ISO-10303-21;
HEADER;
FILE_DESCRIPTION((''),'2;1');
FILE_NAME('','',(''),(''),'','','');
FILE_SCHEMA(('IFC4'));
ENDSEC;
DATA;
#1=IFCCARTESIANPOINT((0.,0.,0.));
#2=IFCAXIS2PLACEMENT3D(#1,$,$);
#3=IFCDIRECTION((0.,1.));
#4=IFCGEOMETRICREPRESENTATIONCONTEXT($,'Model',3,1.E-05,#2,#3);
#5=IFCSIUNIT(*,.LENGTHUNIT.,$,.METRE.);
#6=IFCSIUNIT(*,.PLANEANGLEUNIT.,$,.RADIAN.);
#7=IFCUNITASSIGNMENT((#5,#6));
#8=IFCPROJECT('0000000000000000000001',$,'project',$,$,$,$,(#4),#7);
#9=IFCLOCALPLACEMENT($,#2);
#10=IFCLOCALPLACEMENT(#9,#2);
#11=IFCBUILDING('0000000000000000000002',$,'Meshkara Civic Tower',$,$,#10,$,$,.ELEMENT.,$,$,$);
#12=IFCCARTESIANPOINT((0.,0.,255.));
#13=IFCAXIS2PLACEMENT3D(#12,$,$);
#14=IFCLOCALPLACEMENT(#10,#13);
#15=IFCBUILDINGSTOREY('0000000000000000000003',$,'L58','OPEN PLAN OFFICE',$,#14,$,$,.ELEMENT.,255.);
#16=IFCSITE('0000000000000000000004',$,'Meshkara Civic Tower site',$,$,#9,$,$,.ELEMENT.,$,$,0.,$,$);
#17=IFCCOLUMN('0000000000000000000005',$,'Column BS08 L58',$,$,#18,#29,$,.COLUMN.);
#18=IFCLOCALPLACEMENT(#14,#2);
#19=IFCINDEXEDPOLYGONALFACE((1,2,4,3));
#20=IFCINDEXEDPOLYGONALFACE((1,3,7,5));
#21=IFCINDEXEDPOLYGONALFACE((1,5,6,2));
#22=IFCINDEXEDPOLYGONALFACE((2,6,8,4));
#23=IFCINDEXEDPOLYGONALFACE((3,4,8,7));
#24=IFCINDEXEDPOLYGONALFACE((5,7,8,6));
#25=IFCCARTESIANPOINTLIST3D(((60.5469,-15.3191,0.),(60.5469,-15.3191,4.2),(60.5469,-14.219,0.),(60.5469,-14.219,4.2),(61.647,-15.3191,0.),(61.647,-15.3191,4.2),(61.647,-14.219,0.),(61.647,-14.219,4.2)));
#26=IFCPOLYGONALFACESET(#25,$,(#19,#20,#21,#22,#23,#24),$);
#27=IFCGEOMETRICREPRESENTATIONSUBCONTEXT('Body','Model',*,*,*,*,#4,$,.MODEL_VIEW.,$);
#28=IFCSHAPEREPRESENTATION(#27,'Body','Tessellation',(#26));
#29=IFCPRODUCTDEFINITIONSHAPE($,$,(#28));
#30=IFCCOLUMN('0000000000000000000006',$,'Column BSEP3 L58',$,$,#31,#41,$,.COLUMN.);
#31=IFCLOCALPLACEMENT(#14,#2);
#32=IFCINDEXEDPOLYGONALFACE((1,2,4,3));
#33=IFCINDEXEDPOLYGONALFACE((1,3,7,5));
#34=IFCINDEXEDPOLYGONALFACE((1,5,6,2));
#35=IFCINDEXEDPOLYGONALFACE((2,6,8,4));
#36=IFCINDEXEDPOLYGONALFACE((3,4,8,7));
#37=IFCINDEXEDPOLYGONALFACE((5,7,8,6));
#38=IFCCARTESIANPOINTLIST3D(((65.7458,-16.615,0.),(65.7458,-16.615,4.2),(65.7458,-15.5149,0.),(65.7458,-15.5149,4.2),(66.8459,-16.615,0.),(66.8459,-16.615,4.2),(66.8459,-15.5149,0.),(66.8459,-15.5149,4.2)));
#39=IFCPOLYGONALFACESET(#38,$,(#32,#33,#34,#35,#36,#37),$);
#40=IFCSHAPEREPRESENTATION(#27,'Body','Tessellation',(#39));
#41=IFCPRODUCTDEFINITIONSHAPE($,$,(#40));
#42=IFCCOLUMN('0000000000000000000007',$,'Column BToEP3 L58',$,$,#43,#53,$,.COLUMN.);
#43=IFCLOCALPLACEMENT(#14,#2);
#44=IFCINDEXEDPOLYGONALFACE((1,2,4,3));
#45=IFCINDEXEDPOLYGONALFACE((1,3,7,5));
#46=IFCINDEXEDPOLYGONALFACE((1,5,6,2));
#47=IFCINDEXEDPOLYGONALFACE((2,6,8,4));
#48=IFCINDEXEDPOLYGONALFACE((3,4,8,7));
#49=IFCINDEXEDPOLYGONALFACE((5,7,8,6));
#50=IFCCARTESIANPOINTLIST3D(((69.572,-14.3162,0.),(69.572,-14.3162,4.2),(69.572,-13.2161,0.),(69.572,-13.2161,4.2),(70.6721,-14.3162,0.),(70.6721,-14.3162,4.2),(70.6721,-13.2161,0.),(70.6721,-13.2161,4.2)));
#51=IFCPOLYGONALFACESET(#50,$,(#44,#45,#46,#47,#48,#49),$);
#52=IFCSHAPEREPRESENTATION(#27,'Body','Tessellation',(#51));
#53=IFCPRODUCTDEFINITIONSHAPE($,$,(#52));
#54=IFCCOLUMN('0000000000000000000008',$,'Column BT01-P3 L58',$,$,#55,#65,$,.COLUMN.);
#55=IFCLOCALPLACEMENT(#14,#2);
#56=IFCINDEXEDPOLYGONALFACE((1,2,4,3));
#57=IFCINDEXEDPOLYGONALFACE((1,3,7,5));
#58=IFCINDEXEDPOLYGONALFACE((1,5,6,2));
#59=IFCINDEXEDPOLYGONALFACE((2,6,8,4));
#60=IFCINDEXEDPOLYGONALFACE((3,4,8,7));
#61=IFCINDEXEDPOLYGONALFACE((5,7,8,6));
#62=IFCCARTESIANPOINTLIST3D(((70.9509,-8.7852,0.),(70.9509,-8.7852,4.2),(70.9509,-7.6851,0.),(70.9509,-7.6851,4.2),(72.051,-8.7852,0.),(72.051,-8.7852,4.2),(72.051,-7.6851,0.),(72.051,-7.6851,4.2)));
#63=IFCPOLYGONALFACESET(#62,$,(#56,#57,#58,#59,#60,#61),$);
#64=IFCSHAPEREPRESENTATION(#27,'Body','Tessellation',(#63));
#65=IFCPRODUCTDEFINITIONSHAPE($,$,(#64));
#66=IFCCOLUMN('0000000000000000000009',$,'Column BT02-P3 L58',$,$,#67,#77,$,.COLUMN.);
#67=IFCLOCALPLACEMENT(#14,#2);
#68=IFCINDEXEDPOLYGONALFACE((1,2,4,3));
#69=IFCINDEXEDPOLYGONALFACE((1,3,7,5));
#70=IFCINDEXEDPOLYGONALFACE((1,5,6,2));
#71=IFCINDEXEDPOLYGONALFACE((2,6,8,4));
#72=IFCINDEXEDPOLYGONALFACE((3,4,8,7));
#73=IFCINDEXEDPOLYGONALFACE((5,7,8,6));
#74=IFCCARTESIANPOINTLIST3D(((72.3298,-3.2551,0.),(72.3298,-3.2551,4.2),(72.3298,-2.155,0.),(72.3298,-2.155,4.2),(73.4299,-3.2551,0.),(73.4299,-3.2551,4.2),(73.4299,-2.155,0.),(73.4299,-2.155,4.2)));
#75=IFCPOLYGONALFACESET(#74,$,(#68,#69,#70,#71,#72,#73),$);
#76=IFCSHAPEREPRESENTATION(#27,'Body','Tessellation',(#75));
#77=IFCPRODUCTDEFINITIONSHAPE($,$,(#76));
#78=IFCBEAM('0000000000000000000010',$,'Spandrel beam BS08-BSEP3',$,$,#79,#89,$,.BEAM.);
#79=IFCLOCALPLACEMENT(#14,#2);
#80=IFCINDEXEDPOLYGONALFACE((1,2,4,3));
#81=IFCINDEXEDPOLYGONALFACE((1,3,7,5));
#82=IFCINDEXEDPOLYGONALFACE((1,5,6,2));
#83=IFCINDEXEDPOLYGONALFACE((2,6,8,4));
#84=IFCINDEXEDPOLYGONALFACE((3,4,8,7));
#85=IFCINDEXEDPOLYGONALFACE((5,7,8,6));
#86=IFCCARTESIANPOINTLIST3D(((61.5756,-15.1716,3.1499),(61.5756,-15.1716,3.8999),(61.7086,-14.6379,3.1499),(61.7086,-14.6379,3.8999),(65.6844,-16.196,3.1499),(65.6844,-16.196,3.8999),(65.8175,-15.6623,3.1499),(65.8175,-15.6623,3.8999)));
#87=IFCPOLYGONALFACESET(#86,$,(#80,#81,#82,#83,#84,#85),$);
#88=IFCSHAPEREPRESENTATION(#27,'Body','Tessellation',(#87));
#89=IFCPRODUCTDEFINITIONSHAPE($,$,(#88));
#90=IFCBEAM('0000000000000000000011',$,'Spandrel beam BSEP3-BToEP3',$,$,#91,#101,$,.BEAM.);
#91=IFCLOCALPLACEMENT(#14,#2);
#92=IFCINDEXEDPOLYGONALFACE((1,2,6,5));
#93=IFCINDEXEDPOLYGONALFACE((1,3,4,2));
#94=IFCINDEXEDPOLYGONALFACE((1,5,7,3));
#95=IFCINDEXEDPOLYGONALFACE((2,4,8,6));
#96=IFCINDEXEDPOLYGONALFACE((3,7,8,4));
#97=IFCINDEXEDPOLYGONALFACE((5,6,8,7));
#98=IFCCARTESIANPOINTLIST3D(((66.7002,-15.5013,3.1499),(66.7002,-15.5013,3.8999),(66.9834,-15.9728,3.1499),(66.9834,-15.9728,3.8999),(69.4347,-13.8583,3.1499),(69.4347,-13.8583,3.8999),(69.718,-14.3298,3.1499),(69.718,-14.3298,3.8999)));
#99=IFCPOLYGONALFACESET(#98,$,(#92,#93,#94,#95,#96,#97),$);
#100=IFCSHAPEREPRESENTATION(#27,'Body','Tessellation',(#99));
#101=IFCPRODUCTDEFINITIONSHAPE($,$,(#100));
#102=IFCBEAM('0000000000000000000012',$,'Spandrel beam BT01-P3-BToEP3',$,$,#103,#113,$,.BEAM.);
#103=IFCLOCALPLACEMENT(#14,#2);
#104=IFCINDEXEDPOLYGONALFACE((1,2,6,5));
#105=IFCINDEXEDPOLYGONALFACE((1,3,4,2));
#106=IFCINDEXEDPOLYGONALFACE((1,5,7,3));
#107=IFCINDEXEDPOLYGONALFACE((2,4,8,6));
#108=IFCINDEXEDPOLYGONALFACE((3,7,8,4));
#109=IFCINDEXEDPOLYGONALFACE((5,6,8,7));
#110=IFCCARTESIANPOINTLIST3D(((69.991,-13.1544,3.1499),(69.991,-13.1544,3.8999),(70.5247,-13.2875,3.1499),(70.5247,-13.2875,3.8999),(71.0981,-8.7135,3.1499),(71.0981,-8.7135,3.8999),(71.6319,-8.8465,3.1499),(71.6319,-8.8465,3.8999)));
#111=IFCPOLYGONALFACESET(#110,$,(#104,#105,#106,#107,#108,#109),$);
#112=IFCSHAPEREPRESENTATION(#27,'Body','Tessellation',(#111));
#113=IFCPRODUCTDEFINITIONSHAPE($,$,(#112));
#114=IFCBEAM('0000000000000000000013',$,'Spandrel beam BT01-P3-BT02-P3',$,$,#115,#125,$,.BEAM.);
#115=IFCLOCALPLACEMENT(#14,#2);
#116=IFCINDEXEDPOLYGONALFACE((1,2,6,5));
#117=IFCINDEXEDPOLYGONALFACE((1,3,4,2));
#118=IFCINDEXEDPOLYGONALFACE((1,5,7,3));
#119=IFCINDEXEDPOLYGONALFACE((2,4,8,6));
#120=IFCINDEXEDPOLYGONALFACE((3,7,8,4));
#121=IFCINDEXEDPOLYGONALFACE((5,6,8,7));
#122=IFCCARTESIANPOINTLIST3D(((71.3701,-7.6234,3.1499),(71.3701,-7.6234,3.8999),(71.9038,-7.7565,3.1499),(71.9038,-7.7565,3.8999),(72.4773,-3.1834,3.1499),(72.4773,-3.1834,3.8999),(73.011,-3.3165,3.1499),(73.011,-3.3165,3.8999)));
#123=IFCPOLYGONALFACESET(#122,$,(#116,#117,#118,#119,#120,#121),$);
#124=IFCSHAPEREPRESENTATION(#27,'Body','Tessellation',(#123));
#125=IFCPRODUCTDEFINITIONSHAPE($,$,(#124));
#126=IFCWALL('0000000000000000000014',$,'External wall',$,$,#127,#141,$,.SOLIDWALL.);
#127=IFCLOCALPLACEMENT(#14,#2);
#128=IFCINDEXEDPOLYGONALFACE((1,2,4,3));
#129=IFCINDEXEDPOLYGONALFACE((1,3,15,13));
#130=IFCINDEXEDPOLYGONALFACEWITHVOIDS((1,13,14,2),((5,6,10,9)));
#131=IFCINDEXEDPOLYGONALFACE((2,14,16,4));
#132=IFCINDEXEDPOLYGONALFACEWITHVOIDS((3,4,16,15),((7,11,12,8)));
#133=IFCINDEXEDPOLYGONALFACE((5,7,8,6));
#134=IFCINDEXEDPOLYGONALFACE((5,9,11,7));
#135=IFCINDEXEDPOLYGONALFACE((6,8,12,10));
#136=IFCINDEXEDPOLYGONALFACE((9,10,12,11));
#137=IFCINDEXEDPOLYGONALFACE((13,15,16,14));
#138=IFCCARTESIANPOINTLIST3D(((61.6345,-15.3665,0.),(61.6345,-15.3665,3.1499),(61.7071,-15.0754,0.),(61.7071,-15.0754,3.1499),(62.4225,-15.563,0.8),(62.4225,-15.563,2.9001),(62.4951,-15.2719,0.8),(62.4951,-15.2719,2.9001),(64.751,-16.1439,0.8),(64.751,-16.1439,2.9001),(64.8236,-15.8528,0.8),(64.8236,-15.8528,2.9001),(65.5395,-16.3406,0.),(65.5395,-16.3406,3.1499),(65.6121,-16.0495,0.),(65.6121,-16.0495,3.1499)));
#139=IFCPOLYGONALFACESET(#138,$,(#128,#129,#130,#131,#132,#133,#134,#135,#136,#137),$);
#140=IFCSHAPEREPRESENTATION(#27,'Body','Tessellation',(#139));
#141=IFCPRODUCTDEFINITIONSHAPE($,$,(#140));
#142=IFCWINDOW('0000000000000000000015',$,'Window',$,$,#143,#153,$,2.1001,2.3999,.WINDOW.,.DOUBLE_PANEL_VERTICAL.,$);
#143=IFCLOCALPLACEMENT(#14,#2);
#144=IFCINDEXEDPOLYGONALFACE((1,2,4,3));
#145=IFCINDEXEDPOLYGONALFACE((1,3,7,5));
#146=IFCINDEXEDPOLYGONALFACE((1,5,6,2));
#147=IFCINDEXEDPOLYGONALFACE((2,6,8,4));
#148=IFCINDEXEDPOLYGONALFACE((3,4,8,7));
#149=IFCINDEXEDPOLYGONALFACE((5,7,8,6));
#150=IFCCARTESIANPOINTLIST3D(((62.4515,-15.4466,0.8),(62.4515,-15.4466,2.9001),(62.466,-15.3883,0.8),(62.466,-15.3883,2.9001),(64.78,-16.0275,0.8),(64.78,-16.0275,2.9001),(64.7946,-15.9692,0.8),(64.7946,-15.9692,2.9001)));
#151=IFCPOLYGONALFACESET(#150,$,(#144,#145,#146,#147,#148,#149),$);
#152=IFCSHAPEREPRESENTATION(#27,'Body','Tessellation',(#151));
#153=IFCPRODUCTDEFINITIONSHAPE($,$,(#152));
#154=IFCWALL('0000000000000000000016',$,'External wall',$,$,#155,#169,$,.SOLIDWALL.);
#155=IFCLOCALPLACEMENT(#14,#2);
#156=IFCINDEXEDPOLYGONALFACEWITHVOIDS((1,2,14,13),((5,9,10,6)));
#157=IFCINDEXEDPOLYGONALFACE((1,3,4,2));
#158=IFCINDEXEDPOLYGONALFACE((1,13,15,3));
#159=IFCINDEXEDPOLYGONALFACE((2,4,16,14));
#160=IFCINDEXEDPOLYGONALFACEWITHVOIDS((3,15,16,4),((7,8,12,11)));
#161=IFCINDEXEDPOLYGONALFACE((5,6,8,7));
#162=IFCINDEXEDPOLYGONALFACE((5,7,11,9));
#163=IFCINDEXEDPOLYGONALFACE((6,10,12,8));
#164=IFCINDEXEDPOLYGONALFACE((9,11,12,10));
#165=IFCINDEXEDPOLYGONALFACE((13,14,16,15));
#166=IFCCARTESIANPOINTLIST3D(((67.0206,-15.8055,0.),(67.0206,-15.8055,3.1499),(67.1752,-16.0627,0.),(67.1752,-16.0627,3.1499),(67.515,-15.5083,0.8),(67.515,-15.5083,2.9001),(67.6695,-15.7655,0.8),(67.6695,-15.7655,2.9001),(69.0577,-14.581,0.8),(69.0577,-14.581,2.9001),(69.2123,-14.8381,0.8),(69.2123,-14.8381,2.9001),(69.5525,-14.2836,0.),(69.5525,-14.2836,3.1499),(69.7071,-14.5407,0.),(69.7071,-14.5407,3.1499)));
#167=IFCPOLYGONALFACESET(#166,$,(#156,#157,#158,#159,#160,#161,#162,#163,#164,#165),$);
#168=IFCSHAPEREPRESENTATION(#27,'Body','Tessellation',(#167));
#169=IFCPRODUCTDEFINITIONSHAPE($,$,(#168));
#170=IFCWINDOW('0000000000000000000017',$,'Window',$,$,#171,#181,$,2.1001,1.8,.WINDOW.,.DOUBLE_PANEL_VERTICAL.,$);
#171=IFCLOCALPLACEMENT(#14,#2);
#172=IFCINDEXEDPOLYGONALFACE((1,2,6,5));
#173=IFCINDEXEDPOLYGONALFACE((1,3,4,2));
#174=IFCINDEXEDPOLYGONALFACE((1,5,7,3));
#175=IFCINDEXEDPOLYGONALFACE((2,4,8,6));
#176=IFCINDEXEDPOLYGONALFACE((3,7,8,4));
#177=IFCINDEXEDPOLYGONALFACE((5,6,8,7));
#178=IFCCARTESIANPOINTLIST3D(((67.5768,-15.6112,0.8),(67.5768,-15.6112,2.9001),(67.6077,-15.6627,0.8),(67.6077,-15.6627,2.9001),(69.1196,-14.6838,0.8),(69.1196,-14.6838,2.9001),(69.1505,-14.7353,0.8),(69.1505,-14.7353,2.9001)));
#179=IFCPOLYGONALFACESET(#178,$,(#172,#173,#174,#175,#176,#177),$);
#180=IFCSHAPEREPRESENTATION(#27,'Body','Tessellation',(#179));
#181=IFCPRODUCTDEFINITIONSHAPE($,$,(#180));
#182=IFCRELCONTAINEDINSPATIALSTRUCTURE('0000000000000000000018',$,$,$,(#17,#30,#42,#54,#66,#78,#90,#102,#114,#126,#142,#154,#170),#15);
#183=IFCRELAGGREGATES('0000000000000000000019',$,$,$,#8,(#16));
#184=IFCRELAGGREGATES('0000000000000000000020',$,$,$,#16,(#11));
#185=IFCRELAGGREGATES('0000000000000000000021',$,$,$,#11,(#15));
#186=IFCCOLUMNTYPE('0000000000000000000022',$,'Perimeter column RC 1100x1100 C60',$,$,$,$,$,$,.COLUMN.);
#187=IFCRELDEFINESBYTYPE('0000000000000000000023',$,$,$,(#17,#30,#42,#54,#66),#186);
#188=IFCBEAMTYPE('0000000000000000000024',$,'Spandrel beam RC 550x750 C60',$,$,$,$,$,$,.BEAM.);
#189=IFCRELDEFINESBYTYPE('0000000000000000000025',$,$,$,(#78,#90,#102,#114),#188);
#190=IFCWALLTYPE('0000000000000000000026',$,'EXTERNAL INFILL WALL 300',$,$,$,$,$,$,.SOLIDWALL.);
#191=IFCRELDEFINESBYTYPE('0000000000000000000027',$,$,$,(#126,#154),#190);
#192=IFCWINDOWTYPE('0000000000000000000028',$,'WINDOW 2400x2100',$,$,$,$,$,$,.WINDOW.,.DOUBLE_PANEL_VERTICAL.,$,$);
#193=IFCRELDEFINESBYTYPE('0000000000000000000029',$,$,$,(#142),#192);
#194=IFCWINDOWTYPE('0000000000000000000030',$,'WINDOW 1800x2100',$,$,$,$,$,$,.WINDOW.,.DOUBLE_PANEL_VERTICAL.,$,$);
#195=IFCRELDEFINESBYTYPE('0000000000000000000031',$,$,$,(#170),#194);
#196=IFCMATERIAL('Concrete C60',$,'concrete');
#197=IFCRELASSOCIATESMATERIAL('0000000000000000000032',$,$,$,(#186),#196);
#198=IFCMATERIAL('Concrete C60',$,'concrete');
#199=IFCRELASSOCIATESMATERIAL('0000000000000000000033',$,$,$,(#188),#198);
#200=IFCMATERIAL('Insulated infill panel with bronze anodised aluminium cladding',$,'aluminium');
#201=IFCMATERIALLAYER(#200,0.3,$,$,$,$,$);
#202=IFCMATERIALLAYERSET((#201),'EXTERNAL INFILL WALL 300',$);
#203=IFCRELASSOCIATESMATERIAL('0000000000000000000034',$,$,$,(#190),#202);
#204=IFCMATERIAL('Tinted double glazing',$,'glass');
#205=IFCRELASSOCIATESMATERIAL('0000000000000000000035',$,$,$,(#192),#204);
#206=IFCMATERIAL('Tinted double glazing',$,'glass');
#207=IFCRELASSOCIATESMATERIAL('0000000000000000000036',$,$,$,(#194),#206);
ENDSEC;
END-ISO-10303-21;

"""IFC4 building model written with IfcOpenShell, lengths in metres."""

from ifc_helpers import new_model, si_unit, direction, frame, frame_2d, origin, origin_2d, place, context, subcontext, project, spatial, rectangle, extrude, material, layer, layer_set, material_profile, profile_set, type_object, element, fill, save


model = new_model("IFC4")

# Units and contexts
model_context = context("Model", 3, precision=1e-05, world=origin(), true_north=direction((0.0, 1.0)))
body_context = subcontext(model_context, "Body", "Model", "MODEL_VIEW")
ifc_project = project(units=[si_unit("LENGTHUNIT", "METRE"), si_unit("PLANEANGLEUNIT", "RADIAN")], contexts=[model_context])

# Site, building, storey
site_placement = place(None, origin())
site = spatial("IfcSite", under=ifc_project, at=site_placement, Name="Meshkara Civic Tower site", CompositionType="ELEMENT", RefElevation=0.0)
building_placement = place(site_placement, origin())
building = spatial("IfcBuilding", under=site, at=building_placement, Name="Meshkara Civic Tower", CompositionType="ELEMENT")
storey_placement = place(building_placement, frame((0.0, 0.0, 255.0)))
storey = spatial("IfcBuildingStorey", under=building, at=storey_placement, Name="L58", Description="OPEN PLAN OFFICE", CompositionType="ELEMENT", Elevation=255.0)

# Columns
ifc_material_1 = material(Name="Concrete C60", Category="concrete")
ifc_material_profile_1 = material_profile(ifc_material_1, rectangle(XDim=1.1001, YDim=1.1001, at=origin_2d()))
ifc_profile_set_1 = profile_set([ifc_material_profile_1], Name="Concrete C60")
column_type = type_object("IfcColumnType", Name="Perimeter column RC 1100x1100 C60", PredefinedType="COLUMN", material=ifc_profile_set_1)
for number, where, z_axis, x_axis, name in (
    (1, (61.0969, -14.769, 0.0), (0.0, 0.0, 1.0), (1.0, 0.0, 0.0), "Column BS08 L58"),
    (2, (66.2959, -16.0649, 0.0), (0.0, 0.0, 1.0), (1.0, 0.0, 0.0), "Column BSEP3 L58"),
    (3, (70.1221, -13.7661, 0.0), (0.0, 0.0, 1.0), (1.0, 0.0, 0.0), "Column BToEP3 L58"),
    (4, (71.501, -8.2351, 0.0), (0.0, 0.0, 1.0), (1.0, 0.0, 0.0), "Column BT01-P3 L58"),
    (5, (72.8799, -2.7051, 0.0), (0.0, 0.0, 1.0), (1.0, 0.0, 0.0), "Column BT02-P3 L58"),
):
    element("IfcColumn", number, at=place(storey_placement, frame(where, z_axis=z_axis, x_axis=x_axis)), inside=storey, type_object=column_type, Name=name, PredefinedType="COLUMN", context=body_context, shape_type="SweptSolid", body=[
        extrude(rectangle(XDim=1.1001, YDim=1.1001, at=origin_2d()), origin(), (0.0, 0.0, 1.0), 4.2),
    ])

# Beams
ifc_material_2 = material(Name="Concrete C60", Category="concrete")
ifc_material_profile_2 = material_profile(ifc_material_2, rectangle(XDim=0.55, YDim=0.75, at=origin_2d()))
ifc_profile_set_2 = profile_set([ifc_material_profile_2], Name="Concrete C60")
beam_type = type_object("IfcBeamType", Name="Spandrel beam RC 550x750 C60", PredefinedType="BEAM", material=ifc_profile_set_2)
beam_1_placement = place(storey_placement, frame((61.6421, -14.9048, 3.5249), z_axis=(0.970298, -0.241912, 0.0), x_axis=(0.241912, 0.970298, 0.0)))
element("IfcBeam", 6, at=beam_1_placement, inside=storey, type_object=beam_type, Name="Spandrel beam BS08-BSEP3", PredefinedType="BEAM", context=body_context, shape_type="SweptSolid", body=[
    extrude(rectangle(XDim=0.55, YDim=0.75, at=origin_2d()), origin(), (0.0, 0.0, 1.0), 4.2346),
])
beam_2_placement = place(storey_placement, frame((66.8418, -15.7371, 3.5249), z_axis=(0.857175, 0.515025, 0.0), x_axis=(-0.515025, 0.857175, 0.0)))
element("IfcBeam", 7, at=beam_2_placement, inside=storey, type_object=beam_type, Name="Spandrel beam BSEP3-BToEP3", PredefinedType="BEAM", context=body_context, shape_type="SweptSolid", body=[
    extrude(rectangle(XDim=0.55, YDim=0.75, at=origin_2d()), origin(), (0.0, 0.0, 1.0), 3.1902),
])
beam_3_placement = place(storey_placement, frame((70.2578, -13.2209, 3.5249), z_axis=(0.241908, 0.970299, 0.0), x_axis=(-0.970299, 0.241908, 0.0)))
element("IfcBeam", 8, at=beam_3_placement, inside=storey, type_object=beam_type, Name="Spandrel beam BT01-P3-BToEP3", PredefinedType="BEAM", context=body_context, shape_type="SweptSolid", body=[
    extrude(rectangle(XDim=0.55, YDim=0.75, at=origin_2d()), origin(), (0.0, 0.0, 1.0), 4.5769),
])
beam_4_placement = place(storey_placement, frame((71.637, -7.6899, 3.5249), z_axis=(0.241958, 0.970287, 0.0), x_axis=(-0.970287, 0.241958, 0.0)))
element("IfcBeam", 9, at=beam_4_placement, inside=storey, type_object=beam_type, Name="Spandrel beam BT01-P3-BT02-P3", PredefinedType="BEAM", context=body_context, shape_type="SweptSolid", body=[
    extrude(rectangle(XDim=0.55, YDim=0.75, at=origin_2d()), origin(), (0.0, 0.0, 1.0), 4.5759),
])

# Walls, openings, windows
ifc_material_3 = material(Name="Insulated infill panel with bronze anodised aluminium cladding", Category="aluminium")
ifc_layer_1 = layer(ifc_material_3, 0.3)
ifc_layer_set_1 = layer_set([ifc_layer_1], Name="EXTERNAL INFILL WALL 300")
wall_type_1 = type_object("IfcWallType", Name="EXTERNAL INFILL WALL 300", PredefinedType="SOLIDWALL", material=ifc_layer_set_1)
wall_1_placement = place(storey_placement, frame((61.6709, -15.2209, 0.0), z_axis=(0.0, 0.0, 1.0), x_axis=(0.970267, -0.242036, 0.0)))
wall_1 = element("IfcWall", 10, at=wall_1_placement, inside=storey, type_object=wall_type_1, Name="External wall", PredefinedType="SOLIDWALL", context=body_context, shape_type="SweptSolid", body=[
    extrude(rectangle(XDim=4.0247, YDim=0.3, at=frame_2d((2.0122, 0.0))), origin(), (0.0, 0.0, 1.0), 3.1499),
])
opening_1_placement = place(wall_1_placement, frame((0.812, 0.0, 0.8)))
opening_1 = element("IfcOpeningElement", 11, at=opening_1_placement, cuts=wall_1, PredefinedType="OPENING", context=body_context, shape_type="SweptSolid", body=[
    extrude(rectangle(XDim=2.3999, YDim=2.1001, at=frame_2d((1.2, 1.05))), frame((0.0, 0.1599, 0.0), z_axis=(0.0, -1.0, 0.0), x_axis=(1.0, 0.0, 0.0)), (0.0, 0.0, 1.0), 0.3201),
])
ifc_material_4 = material(Name="Tinted double glazing", Category="glass")
window_type_1 = type_object("IfcWindowType", Name="WINDOW 2400x2100", PartitioningType="DOUBLE_PANEL_VERTICAL", PredefinedType="WINDOW", material=ifc_material_4)
window_1_placement = place(opening_1_placement, origin())
window_1 = element("IfcWindow", 12, at=window_1_placement, inside=storey, type_object=window_type_1, Name="Window", OverallHeight=2.1001, OverallWidth=2.3999, PartitioningType="DOUBLE_PANEL_VERTICAL", PredefinedType="WINDOW", context=body_context, shape_type="SweptSolid", body=[
    extrude(rectangle(XDim=2.3999, YDim=2.1001, at=frame_2d((1.2, 1.05))), frame((0.0, 0.03, 0.0), z_axis=(0.0, -1.0, 0.0), x_axis=(1.0, 0.0, 0.0)), (0.0, 0.0, 1.0), 0.0601),
])
fill(opening_1, window_1)
wall_2_placement = place(storey_placement, frame((67.0979, -15.9341, 0.0), z_axis=(0.0, 0.0, 1.0), x_axis=(0.857077, 0.515188, 0.0)))
wall_2 = element("IfcWall", 13, at=wall_2_placement, inside=storey, type_object=wall_type_1, Name="External wall", PredefinedType="SOLIDWALL", context=body_context, shape_type="SweptSolid", body=[
    extrude(rectangle(XDim=2.9541, YDim=0.3, at=frame_2d((1.4771, 0.0))), origin(), (0.0, 0.0, 1.0), 3.1499),
])
opening_2_placement = place(wall_2_placement, frame((0.5769, 0.0, 0.8)))
opening_2 = element("IfcOpeningElement", 14, at=opening_2_placement, cuts=wall_2, PredefinedType="OPENING", context=body_context, shape_type="SweptSolid", body=[
    extrude(rectangle(XDim=1.8, YDim=2.1001, at=frame_2d((0.8999, 1.05))), frame((0.0, 0.1599, 0.0), z_axis=(0.0, -1.0, 0.0), x_axis=(1.0, 0.0, 0.0)), (0.0, 0.0, 1.0), 0.3201),
])
ifc_material_5 = material(Name="Tinted double glazing", Category="glass")
window_type_2 = type_object("IfcWindowType", Name="WINDOW 1800x2100", PartitioningType="DOUBLE_PANEL_VERTICAL", PredefinedType="WINDOW", material=ifc_material_5)
window_2_placement = place(opening_2_placement, origin())
window_2 = element("IfcWindow", 15, at=window_2_placement, inside=storey, type_object=window_type_2, Name="Window", OverallHeight=2.1001, OverallWidth=1.8, PartitioningType="DOUBLE_PANEL_VERTICAL", PredefinedType="WINDOW", context=body_context, shape_type="SweptSolid", body=[
    extrude(rectangle(XDim=1.8, YDim=2.1001, at=frame_2d((0.8999, 1.05))), frame((0.0, 0.03, 0.0), z_axis=(0.0, -1.0, 0.0), x_axis=(1.0, 0.0, 0.0)), (0.0, 0.0, 1.0), 0.0601),
])
fill(opening_2, window_2)

save(model, "model.ifc")
